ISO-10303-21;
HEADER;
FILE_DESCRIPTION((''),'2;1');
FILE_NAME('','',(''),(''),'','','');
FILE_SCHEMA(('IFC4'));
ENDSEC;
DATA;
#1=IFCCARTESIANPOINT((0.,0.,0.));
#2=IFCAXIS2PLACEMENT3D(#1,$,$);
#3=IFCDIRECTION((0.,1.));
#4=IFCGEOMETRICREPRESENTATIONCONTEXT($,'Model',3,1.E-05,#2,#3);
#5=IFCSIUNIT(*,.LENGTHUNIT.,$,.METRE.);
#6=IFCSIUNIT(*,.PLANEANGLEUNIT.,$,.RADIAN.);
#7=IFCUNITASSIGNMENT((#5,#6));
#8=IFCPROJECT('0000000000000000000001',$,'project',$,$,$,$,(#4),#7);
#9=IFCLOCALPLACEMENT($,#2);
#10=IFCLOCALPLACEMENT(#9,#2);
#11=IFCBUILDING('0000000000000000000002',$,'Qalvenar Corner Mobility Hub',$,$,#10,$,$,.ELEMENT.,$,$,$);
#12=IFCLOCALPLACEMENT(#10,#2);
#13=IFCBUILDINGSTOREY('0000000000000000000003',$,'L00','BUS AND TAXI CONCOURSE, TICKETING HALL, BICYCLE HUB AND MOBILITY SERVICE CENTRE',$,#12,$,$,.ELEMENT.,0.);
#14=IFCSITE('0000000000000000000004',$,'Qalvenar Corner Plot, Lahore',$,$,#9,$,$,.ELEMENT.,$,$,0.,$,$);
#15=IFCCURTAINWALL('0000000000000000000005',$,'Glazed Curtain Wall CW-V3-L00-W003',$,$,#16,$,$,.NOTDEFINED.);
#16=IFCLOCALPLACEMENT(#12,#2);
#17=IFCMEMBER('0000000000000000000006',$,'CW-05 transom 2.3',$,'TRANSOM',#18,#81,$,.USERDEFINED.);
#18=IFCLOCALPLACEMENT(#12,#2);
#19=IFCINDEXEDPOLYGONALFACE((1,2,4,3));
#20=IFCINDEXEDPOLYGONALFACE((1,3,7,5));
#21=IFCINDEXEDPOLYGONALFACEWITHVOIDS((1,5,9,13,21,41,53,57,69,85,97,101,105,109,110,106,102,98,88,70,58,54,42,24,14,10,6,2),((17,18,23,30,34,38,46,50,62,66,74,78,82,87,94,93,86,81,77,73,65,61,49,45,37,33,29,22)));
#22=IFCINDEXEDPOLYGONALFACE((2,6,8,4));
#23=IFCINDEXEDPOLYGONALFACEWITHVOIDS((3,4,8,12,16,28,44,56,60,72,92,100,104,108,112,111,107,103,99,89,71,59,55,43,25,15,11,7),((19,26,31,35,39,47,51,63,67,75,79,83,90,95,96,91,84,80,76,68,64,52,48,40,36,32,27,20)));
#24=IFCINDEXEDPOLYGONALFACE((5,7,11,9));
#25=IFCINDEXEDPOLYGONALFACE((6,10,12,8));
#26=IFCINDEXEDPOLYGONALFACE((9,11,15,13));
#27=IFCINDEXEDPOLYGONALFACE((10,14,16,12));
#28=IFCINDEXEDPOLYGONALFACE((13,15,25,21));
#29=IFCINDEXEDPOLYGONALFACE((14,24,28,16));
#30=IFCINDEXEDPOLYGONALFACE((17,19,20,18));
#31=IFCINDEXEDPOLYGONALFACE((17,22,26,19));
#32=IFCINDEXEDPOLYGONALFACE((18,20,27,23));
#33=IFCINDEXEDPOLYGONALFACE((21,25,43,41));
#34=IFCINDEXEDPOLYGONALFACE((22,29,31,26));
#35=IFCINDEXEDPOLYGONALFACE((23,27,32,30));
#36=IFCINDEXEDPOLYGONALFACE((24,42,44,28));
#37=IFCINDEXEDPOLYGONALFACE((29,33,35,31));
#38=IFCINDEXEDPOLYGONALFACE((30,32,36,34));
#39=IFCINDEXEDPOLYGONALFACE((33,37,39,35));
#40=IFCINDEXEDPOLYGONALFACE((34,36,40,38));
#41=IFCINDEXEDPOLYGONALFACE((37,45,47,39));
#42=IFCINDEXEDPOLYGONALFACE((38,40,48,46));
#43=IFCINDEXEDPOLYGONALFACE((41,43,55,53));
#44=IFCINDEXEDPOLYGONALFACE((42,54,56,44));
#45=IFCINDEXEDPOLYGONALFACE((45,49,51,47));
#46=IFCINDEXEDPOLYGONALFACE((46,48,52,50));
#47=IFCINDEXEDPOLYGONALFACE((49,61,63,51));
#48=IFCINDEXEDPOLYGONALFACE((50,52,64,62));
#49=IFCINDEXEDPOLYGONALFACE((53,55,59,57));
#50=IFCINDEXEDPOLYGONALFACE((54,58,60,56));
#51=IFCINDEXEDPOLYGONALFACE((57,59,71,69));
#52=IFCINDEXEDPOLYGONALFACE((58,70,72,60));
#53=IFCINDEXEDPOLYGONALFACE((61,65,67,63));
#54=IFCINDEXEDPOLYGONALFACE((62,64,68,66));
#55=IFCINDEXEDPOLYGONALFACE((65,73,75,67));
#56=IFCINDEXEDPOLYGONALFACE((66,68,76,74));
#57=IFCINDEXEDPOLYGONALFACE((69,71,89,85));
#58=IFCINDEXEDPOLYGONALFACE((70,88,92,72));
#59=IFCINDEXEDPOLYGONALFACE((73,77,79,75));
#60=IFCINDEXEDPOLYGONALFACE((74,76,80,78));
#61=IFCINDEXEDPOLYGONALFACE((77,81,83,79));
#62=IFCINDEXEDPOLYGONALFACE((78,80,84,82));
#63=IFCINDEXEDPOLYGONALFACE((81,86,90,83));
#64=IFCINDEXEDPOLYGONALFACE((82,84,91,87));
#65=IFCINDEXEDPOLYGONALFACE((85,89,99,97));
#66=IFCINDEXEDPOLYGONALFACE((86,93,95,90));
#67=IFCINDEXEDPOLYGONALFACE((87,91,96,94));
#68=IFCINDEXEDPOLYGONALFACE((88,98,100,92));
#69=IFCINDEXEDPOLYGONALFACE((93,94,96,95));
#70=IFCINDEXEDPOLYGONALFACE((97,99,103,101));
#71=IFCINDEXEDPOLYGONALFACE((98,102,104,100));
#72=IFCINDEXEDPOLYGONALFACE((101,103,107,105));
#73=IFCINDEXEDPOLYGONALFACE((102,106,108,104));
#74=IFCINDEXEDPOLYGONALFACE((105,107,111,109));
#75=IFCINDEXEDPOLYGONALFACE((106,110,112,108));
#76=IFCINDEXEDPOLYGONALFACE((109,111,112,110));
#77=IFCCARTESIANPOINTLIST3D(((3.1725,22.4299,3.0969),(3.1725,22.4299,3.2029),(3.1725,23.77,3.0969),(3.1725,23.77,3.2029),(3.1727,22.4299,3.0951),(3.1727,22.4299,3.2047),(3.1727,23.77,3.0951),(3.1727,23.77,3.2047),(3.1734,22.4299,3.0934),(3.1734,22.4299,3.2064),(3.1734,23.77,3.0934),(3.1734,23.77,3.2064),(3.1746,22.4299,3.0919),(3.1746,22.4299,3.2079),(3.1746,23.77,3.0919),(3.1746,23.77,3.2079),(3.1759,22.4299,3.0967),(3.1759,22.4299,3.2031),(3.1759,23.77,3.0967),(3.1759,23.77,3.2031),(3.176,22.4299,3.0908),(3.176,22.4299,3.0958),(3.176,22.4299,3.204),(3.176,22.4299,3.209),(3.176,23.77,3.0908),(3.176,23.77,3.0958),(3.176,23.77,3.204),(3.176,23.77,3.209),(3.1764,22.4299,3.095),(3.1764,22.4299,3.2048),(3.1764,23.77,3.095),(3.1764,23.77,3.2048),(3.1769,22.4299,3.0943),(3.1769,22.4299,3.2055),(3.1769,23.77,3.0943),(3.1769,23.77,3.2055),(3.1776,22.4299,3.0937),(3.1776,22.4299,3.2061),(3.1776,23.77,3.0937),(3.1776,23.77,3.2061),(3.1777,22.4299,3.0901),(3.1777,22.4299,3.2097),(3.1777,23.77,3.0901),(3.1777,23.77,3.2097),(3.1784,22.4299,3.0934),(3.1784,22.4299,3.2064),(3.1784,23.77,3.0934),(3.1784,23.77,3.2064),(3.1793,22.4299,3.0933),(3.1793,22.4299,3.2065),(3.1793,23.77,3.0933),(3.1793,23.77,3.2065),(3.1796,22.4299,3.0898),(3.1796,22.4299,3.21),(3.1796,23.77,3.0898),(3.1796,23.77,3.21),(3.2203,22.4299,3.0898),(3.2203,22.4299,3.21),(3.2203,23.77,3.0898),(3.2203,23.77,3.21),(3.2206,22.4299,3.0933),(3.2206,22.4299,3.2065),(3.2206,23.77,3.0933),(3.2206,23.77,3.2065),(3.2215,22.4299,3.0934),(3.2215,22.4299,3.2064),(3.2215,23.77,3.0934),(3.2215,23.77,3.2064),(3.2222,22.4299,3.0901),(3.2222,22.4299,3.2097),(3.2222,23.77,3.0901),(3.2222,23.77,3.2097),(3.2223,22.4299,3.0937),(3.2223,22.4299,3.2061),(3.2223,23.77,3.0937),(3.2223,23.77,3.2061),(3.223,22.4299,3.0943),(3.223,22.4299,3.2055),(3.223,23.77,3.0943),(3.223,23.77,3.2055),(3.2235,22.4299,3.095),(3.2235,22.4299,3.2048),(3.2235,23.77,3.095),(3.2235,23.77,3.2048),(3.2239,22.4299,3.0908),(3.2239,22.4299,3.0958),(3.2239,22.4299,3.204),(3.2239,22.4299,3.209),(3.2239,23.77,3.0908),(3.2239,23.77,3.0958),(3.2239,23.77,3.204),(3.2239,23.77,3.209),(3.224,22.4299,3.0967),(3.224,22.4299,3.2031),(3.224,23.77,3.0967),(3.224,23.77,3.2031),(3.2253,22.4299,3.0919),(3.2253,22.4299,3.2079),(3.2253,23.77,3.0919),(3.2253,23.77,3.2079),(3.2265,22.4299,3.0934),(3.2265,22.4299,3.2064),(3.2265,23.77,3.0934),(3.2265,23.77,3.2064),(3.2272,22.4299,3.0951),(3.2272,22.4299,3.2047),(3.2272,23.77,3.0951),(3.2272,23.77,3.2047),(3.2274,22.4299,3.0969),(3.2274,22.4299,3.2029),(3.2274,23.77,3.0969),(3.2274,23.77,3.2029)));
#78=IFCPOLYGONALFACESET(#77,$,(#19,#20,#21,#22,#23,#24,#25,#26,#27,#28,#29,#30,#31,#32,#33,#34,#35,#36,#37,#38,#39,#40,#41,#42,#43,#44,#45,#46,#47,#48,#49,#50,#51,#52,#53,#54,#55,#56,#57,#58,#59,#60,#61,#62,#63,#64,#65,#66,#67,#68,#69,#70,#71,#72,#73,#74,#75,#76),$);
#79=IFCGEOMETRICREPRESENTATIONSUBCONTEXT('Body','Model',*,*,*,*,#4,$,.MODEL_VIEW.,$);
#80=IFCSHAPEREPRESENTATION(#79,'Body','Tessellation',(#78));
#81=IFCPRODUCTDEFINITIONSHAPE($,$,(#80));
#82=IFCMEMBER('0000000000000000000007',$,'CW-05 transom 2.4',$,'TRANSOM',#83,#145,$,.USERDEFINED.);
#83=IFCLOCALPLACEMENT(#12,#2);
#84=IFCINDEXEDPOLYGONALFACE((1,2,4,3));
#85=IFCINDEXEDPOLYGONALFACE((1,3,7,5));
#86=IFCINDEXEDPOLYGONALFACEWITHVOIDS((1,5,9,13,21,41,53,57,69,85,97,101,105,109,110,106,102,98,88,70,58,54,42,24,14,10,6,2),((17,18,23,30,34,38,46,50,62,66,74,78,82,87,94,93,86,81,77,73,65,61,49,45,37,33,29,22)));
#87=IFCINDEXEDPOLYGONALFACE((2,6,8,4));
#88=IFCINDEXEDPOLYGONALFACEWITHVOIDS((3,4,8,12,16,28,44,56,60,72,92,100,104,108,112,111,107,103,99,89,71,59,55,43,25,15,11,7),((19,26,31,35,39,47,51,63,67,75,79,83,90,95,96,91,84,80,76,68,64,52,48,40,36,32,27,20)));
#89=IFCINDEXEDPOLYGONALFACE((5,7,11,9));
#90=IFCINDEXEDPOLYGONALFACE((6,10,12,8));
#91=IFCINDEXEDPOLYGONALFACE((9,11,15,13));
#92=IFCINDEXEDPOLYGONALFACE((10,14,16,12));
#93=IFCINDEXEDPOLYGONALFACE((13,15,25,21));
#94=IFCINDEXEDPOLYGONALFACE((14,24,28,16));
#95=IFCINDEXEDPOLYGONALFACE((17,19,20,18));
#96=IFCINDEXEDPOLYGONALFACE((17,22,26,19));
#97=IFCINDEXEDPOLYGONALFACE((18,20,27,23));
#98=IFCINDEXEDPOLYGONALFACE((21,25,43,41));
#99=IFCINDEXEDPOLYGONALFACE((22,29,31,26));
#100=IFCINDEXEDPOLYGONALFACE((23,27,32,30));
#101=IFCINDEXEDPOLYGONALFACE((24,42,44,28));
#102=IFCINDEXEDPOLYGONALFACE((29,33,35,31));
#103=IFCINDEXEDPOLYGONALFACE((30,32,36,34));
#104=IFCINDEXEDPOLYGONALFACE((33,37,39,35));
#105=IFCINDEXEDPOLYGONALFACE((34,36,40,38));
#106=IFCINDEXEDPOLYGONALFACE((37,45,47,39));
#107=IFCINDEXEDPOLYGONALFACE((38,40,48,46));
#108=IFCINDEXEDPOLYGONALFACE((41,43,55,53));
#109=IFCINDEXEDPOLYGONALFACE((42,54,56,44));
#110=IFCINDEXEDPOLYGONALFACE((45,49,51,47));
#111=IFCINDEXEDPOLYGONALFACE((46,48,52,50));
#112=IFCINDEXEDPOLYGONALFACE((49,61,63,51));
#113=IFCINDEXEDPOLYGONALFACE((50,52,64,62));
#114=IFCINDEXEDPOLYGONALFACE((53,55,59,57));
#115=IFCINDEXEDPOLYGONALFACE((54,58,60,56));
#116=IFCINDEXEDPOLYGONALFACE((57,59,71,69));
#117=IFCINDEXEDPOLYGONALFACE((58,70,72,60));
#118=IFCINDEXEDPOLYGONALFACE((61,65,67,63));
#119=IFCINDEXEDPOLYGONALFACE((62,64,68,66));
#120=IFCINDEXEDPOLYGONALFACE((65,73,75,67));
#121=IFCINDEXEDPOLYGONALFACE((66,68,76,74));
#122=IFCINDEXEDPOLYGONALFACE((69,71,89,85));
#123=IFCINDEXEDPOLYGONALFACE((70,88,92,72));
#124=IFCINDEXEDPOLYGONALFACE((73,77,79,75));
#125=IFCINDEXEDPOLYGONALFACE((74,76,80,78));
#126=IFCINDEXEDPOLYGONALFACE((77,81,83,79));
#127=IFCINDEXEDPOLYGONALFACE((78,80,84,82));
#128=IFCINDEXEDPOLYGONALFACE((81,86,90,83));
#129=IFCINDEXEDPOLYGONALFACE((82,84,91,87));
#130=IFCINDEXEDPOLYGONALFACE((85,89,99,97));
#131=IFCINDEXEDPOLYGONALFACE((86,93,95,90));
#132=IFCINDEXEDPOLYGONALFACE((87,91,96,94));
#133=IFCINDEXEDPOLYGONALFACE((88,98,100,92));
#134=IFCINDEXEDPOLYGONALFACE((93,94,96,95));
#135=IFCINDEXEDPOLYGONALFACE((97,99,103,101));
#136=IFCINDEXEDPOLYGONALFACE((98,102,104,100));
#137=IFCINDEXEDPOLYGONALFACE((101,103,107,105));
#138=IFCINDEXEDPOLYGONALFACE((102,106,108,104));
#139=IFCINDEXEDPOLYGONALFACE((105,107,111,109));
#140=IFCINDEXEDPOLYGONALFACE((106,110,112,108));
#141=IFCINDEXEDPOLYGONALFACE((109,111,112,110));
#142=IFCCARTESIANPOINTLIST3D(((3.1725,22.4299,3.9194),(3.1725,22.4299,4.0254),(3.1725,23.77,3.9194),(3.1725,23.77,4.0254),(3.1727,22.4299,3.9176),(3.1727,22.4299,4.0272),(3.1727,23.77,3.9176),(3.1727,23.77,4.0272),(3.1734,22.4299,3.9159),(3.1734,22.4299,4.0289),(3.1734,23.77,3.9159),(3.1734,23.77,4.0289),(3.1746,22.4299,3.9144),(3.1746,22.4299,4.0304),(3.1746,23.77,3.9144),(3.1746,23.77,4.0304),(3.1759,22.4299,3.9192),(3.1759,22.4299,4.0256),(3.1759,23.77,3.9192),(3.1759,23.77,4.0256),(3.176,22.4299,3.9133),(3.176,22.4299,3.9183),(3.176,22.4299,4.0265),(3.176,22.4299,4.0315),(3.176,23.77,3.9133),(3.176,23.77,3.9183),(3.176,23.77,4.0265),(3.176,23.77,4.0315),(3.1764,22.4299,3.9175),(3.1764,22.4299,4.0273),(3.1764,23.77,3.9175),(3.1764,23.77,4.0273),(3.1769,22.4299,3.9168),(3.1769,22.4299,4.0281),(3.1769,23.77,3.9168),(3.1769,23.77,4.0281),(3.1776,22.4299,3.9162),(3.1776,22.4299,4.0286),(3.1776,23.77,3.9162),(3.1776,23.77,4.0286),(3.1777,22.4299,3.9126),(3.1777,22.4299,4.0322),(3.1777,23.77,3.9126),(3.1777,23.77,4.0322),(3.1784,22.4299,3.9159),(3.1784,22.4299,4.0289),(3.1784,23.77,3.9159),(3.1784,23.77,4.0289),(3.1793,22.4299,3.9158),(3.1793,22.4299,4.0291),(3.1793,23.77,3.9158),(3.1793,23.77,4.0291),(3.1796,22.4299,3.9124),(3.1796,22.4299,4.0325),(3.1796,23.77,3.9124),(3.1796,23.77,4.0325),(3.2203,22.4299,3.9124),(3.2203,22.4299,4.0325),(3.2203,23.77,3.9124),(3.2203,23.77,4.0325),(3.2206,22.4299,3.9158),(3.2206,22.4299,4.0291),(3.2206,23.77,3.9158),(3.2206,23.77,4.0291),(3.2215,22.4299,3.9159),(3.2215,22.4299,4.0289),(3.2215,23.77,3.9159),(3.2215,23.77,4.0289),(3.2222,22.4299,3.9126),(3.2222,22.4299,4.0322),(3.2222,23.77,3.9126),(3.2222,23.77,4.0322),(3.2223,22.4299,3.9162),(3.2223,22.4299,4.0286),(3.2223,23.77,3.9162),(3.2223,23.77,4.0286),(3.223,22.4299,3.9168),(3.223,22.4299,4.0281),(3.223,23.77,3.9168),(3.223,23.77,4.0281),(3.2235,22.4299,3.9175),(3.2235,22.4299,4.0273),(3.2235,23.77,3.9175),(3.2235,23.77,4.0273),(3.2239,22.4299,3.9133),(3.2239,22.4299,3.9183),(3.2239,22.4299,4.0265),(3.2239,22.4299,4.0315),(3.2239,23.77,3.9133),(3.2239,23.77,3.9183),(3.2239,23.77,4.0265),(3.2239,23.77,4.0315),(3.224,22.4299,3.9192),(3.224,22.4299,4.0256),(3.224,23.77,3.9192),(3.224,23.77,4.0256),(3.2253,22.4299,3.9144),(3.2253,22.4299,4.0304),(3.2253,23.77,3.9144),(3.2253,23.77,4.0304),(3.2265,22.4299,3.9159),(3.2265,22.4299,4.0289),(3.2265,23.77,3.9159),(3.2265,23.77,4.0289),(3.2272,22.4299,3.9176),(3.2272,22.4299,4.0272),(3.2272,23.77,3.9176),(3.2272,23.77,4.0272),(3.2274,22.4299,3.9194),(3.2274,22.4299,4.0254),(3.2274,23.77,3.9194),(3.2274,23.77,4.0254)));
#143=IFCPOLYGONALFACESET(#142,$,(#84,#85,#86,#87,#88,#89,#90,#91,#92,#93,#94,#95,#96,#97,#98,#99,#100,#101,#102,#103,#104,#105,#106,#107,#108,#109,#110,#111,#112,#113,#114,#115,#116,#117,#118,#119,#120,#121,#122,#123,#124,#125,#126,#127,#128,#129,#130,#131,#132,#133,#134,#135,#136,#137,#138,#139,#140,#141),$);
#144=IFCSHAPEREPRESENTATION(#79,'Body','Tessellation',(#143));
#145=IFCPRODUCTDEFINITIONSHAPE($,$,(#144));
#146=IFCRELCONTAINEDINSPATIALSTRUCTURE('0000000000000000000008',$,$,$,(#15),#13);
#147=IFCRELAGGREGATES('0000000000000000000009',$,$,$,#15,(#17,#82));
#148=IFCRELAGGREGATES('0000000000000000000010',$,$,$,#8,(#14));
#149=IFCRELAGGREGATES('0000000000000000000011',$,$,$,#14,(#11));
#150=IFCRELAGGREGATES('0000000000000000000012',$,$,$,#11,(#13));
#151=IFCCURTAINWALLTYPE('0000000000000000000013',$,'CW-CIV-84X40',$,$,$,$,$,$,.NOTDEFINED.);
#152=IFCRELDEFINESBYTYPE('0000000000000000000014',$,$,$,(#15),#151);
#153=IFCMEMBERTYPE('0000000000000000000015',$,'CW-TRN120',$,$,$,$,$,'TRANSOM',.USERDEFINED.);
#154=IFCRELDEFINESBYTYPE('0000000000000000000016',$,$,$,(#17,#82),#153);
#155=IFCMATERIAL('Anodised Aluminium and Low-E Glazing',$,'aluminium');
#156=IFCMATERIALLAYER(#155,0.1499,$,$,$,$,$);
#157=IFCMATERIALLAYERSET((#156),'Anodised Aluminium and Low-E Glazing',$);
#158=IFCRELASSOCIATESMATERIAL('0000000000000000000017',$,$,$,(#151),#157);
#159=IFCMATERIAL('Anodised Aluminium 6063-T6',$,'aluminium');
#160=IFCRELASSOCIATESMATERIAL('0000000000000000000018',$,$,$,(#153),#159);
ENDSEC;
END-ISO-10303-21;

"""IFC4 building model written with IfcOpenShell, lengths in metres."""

from ifc_helpers import new_model, si_unit, direction, frame, origin, origin_2d, place, context, subcontext, project, spatial, hollow_rectangle, extrude, material, layer, layer_set, material_profile, profile_set, type_object, element, aggregate, save


model = new_model("IFC4")

# Units and contexts
model_context = context("Model", 3, precision=1e-05, world=origin(), true_north=direction((0.0, 1.0)))
body_context = subcontext(model_context, "Body", "Model", "MODEL_VIEW")
ifc_project = project(units=[si_unit("LENGTHUNIT", "METRE"), si_unit("PLANEANGLEUNIT", "RADIAN")], contexts=[model_context])

# Site, building, storey
site_placement = place(None, origin())
site = spatial("IfcSite", under=ifc_project, at=site_placement, Name="Qalvenar Corner Plot, Lahore", CompositionType="ELEMENT", RefElevation=0.0)
building_placement = place(site_placement, origin())
building = spatial("IfcBuilding", under=site, at=building_placement, Name="Qalvenar Corner Mobility Hub", CompositionType="ELEMENT")
storey_placement = place(building_placement, origin())
storey = spatial("IfcBuildingStorey", under=building, at=storey_placement, Name="L00", Description="BUS AND TAXI CONCOURSE, TICKETING HALL, BICYCLE HUB AND MOBILITY SERVICE CENTRE", CompositionType="ELEMENT", Elevation=0.0)

# Curtain wall
ifc_material_1 = material(Name="Anodised Aluminium and Low-E Glazing", Category="aluminium")
ifc_layer_1 = layer(ifc_material_1, 0.1499)
ifc_layer_set_1 = layer_set([ifc_layer_1], Name="Anodised Aluminium and Low-E Glazing")
curtain_wall_type = type_object("IfcCurtainWallType", Name="CW-CIV-84X40", PredefinedType="NOTDEFINED", material=ifc_layer_set_1)
curtain_wall_1_placement = place(storey_placement, origin())
curtain_wall_1 = element("IfcCurtainWall", 1, at=curtain_wall_1_placement, inside=storey, type_object=curtain_wall_type, Name="Glazed Curtain Wall CW-V3-L00-W003", PredefinedType="NOTDEFINED")
ifc_material_2 = material(Name="Anodised Aluminium 6063-T6", Category="aluminium")

# Members
ifc_material_profile_1 = material_profile(ifc_material_2, hollow_rectangle(XDim=0.0549, YDim=0.1201, WallThickness=0.0034, InnerFilletRadius=0.0034, OuterFilletRadius=0.0071, at=origin_2d()), Name="RHS120x55x3.5")
ifc_profile_set_1 = profile_set([ifc_material_profile_1], Name="Anodised Aluminium 6063-T6")
member_type_1 = type_object("IfcMemberType", Name="CW-TRN120", ElementType="TRANSOM", PredefinedType="USERDEFINED", material=ifc_profile_set_1)
member_1_placement = place(storey_placement, frame((3.2, 23.77, 3.1499), z_axis=(0.0, -1.0, 0.0), x_axis=(1.0, 0.0, 0.0)))
member_1 = element("IfcMember", 2, at=member_1_placement, type_object=member_type_1, Name="CW-05 transom 2.3", ObjectType="TRANSOM", PredefinedType="USERDEFINED", context=body_context, shape_type="SweptSolid", body=[
    extrude(hollow_rectangle(XDim=0.0549, YDim=0.1201, WallThickness=0.0034, InnerFilletRadius=0.0034, OuterFilletRadius=0.0071, at=origin_2d()), origin(), (0.0, 0.0, 1.0), 1.3401),
])
member_2_placement = place(storey_placement, frame((3.2, 23.77, 3.9724), z_axis=(0.0, -1.0, 0.0), x_axis=(1.0, 0.0, 0.0)))
member_2 = element("IfcMember", 3, at=member_2_placement, type_object=member_type_1, Name="CW-05 transom 2.4", ObjectType="TRANSOM", PredefinedType="USERDEFINED", context=body_context, shape_type="SweptSolid", body=[
    extrude(hollow_rectangle(XDim=0.0549, YDim=0.1201, WallThickness=0.0034, InnerFilletRadius=0.0034, OuterFilletRadius=0.0071, at=origin_2d()), origin(), (0.0, 0.0, 1.0), 1.3401),
])

aggregate(curtain_wall_1, [member_1, member_2])

save(model, "model.ifc")
